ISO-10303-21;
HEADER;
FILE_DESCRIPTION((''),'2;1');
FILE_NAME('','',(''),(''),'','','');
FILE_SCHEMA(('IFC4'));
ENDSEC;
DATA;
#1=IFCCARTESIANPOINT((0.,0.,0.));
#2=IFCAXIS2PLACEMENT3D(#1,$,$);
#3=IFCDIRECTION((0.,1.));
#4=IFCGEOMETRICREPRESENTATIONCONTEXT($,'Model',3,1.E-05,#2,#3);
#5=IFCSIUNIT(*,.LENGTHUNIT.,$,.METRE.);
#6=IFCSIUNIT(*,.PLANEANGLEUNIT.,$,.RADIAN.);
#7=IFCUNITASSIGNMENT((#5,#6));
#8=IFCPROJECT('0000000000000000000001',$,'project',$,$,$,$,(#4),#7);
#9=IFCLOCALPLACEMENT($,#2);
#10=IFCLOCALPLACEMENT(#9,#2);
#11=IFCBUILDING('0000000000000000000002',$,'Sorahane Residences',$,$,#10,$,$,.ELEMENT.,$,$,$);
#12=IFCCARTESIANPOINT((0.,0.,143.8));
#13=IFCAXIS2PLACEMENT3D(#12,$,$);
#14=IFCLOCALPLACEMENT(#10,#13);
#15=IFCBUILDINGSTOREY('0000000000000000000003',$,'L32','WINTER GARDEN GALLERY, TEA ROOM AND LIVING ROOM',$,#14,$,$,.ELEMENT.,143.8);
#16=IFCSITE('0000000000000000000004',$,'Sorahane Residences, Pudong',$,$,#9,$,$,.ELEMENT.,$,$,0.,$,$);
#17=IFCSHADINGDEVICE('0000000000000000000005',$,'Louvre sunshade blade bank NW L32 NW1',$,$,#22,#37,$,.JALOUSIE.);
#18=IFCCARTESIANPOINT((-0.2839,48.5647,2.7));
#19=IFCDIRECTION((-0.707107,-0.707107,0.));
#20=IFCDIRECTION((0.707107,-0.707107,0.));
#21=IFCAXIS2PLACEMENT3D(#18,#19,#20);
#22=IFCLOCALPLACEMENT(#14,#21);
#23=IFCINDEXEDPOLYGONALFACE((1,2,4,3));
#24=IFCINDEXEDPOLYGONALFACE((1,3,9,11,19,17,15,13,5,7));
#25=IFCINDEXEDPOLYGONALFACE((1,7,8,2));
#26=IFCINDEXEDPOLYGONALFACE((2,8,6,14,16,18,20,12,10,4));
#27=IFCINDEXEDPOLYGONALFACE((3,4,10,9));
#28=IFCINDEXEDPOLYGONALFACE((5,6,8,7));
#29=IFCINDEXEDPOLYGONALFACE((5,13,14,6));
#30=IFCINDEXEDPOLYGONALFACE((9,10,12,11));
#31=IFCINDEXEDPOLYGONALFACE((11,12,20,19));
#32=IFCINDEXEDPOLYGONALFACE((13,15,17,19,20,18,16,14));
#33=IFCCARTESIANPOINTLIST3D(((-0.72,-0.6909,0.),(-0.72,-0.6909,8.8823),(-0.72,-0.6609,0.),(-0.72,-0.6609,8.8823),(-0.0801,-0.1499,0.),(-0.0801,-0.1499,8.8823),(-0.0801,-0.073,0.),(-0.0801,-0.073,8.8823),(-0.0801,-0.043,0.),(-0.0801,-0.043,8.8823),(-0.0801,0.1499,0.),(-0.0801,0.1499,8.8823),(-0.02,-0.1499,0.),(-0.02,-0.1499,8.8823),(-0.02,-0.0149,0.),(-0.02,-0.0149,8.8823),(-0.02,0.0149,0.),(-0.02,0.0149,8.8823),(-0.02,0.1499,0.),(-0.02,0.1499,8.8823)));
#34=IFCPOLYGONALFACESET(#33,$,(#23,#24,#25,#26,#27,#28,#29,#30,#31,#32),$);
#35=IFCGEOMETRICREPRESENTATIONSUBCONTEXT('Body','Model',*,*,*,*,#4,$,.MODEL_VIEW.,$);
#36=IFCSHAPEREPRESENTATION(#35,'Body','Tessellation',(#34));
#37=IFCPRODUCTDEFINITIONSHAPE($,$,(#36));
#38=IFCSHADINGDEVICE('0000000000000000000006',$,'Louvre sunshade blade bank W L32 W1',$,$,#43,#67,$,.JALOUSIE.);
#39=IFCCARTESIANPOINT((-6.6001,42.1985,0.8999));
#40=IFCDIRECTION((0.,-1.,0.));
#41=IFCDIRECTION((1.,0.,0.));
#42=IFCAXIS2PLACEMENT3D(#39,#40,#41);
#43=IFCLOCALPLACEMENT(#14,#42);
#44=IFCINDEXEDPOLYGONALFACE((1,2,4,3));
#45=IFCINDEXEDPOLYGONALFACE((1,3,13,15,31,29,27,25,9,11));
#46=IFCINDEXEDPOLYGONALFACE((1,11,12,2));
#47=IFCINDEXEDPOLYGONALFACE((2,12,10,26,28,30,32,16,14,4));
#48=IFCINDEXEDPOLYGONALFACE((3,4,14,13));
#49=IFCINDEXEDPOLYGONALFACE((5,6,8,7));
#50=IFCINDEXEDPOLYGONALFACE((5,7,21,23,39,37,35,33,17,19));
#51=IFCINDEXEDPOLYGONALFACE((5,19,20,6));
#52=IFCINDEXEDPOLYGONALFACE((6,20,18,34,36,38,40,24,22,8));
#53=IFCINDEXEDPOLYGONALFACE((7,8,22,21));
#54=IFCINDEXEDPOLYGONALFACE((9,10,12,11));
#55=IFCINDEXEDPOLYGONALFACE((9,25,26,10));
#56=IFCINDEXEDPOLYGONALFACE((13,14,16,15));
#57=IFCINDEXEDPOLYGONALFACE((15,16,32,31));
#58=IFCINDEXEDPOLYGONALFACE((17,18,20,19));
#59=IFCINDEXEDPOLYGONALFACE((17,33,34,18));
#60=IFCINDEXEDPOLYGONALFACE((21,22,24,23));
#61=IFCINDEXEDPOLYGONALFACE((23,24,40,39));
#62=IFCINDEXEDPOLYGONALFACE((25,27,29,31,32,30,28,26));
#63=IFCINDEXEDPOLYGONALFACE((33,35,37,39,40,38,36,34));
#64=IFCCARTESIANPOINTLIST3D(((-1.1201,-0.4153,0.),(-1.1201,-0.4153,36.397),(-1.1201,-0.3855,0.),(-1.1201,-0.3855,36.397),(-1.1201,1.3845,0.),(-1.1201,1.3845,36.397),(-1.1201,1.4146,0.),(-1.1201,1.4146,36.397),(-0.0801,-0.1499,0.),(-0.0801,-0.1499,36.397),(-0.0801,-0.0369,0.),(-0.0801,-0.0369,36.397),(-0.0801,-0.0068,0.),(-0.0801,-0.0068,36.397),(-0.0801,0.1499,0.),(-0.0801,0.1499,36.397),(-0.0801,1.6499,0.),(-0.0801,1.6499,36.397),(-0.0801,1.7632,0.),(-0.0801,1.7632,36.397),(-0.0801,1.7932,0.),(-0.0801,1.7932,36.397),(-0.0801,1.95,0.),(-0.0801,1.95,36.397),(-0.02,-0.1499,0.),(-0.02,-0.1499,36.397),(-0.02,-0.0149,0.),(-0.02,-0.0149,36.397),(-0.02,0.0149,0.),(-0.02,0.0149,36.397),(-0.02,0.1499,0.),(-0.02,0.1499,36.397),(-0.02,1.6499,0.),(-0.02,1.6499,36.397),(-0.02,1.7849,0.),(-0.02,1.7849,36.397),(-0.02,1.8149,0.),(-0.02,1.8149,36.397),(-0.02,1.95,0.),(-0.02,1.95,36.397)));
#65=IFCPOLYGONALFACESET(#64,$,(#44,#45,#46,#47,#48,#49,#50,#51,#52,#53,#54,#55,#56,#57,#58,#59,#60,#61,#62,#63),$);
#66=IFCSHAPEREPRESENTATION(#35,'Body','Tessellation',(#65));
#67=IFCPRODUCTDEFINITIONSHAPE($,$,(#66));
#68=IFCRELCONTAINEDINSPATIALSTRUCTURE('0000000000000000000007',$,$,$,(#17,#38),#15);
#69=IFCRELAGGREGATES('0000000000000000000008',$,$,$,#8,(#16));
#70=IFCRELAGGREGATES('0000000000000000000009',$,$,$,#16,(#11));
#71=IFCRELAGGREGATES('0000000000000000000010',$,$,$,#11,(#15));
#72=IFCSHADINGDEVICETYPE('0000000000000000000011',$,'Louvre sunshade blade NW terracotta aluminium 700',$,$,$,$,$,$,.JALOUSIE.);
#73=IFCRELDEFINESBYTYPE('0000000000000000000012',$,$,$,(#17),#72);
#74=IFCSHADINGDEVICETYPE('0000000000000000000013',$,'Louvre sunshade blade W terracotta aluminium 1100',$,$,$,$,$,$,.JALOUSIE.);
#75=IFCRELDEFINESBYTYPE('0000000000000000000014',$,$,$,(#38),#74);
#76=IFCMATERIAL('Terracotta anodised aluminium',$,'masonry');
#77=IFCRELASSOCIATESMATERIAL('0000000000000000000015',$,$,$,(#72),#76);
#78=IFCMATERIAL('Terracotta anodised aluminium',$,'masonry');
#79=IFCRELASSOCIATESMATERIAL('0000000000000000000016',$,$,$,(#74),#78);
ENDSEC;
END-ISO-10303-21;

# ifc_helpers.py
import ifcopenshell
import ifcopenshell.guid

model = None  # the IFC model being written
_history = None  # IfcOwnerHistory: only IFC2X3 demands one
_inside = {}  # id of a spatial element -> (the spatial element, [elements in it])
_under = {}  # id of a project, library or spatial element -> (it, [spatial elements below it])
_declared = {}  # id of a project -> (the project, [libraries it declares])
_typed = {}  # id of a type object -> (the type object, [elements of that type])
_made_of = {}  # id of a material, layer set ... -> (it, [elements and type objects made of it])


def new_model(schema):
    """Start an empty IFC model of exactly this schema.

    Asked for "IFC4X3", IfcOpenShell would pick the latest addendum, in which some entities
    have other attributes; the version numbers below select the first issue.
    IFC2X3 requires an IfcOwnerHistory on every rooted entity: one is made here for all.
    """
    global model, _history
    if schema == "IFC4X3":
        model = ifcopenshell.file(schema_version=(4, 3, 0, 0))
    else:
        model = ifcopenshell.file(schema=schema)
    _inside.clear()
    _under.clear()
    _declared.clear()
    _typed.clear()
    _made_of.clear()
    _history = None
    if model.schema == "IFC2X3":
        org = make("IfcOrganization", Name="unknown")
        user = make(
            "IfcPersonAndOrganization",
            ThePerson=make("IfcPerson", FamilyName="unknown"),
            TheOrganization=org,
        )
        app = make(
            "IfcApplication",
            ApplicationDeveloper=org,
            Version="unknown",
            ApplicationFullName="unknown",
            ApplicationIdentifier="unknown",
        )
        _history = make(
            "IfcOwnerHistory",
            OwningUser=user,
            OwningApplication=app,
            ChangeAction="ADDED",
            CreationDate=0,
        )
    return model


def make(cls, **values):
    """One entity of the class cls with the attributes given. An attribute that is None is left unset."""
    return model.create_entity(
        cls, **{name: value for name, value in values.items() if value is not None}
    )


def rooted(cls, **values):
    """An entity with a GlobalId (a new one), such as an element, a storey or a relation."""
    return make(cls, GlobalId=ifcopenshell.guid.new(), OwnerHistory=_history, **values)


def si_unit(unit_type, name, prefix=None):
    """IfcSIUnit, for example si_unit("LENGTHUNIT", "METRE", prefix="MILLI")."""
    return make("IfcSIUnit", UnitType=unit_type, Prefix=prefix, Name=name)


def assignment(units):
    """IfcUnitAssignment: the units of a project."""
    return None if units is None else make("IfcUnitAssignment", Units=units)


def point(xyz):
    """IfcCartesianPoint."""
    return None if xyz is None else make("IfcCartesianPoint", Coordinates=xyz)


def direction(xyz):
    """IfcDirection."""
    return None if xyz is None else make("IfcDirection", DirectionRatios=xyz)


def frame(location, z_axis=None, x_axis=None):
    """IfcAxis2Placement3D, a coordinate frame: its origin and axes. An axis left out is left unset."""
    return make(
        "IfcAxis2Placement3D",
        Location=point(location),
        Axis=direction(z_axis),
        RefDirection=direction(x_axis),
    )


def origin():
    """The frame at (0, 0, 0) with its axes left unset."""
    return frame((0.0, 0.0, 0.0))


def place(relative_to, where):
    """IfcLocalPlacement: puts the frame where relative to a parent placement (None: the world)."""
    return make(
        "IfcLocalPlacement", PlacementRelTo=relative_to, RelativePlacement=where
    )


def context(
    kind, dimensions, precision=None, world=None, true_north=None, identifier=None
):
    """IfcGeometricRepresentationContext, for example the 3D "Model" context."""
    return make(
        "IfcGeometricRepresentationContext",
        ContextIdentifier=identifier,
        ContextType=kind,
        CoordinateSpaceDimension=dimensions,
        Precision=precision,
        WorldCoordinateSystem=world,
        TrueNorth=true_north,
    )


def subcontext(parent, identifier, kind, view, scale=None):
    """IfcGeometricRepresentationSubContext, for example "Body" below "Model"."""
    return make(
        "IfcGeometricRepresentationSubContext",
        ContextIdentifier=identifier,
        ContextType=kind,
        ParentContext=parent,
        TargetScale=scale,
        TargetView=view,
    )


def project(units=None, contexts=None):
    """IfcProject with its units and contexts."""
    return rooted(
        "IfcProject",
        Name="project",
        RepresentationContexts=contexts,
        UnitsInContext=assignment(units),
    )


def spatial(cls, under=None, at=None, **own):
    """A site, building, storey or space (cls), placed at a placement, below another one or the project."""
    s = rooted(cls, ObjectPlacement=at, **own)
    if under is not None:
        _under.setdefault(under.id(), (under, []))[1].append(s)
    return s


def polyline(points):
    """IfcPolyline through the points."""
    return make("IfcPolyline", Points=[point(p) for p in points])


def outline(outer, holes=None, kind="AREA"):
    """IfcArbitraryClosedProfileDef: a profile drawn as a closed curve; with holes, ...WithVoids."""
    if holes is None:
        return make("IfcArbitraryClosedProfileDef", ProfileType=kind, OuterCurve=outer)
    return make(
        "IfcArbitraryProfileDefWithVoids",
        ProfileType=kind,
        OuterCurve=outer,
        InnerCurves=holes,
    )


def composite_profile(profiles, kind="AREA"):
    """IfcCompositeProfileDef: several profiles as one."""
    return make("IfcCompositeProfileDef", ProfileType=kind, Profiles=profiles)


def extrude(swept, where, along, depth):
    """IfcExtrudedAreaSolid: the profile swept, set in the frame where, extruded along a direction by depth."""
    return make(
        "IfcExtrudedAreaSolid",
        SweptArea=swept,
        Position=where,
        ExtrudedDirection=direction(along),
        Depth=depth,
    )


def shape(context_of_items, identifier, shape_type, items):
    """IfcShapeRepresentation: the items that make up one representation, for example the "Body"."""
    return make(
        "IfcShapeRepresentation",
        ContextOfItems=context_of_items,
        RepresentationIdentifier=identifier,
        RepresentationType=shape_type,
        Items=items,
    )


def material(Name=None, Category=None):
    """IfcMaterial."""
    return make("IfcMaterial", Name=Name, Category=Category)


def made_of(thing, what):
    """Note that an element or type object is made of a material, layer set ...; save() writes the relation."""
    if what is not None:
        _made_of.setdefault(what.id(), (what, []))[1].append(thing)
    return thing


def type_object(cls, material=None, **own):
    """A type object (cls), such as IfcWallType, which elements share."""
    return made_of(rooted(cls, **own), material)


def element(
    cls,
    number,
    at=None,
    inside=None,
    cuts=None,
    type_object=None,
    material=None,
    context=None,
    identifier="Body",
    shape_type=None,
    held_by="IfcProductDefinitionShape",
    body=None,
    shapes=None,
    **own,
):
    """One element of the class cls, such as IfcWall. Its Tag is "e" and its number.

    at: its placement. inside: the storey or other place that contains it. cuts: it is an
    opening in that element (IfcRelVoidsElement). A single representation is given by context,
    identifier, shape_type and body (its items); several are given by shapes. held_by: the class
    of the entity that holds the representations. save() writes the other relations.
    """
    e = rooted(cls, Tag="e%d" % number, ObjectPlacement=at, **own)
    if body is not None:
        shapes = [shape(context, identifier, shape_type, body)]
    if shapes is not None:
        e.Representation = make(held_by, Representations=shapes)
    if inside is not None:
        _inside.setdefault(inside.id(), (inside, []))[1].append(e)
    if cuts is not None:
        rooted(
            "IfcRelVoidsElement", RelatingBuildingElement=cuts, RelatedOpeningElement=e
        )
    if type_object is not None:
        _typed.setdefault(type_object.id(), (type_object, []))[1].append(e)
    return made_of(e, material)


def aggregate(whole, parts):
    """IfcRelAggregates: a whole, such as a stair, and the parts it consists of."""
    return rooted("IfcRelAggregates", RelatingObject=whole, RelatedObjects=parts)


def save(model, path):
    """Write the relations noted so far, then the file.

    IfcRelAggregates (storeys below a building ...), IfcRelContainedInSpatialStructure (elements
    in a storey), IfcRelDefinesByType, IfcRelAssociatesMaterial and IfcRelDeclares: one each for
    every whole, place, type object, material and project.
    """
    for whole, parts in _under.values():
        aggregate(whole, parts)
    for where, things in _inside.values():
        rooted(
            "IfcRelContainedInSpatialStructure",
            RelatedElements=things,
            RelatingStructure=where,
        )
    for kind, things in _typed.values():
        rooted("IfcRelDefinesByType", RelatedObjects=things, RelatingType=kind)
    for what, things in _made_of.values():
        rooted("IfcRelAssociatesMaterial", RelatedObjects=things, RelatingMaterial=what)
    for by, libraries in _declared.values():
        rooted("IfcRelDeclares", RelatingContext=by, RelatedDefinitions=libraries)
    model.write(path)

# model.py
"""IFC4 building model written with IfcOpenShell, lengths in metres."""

from ifc_helpers import new_model, si_unit, direction, frame, origin, place, context, subcontext, project, spatial, polyline, outline, composite_profile, extrude, material, type_object, element, save


model = new_model("IFC4")

# Units and contexts
model_context = context("Model", 3, precision=1e-05, world=origin(), true_north=direction((0.0, 1.0)))
body_context = subcontext(model_context, "Body", "Model", "MODEL_VIEW")
ifc_project = project(units=[si_unit("LENGTHUNIT", "METRE"), si_unit("PLANEANGLEUNIT", "RADIAN")], contexts=[model_context])

# Site, building, storey
site_placement = place(None, origin())
site = spatial("IfcSite", under=ifc_project, at=site_placement, Name="Sorahane Residences, Pudong", CompositionType="ELEMENT", RefElevation=0.0)
building_placement = place(site_placement, origin())
building = spatial("IfcBuilding", under=site, at=building_placement, Name="Sorahane Residences", CompositionType="ELEMENT")
storey_placement = place(building_placement, frame((0.0, 0.0, 143.8)))
storey = spatial("IfcBuildingStorey", under=building, at=storey_placement, Name="L32", Description="WINTER GARDEN GALLERY, TEA ROOM AND LIVING ROOM", CompositionType="ELEMENT", Elevation=143.8)

# Shading devices
ifc_material_1 = material(Name="Terracotta anodised aluminium", Category="masonry")
shading_device_type_1 = type_object("IfcShadingDeviceType", Name="Louvre sunshade blade NW terracotta aluminium 700", PredefinedType="JALOUSIE", material=ifc_material_1)
shading_device_1_placement = place(storey_placement, frame((-0.2839, 48.5647, 2.7), z_axis=(-0.707107, -0.707107, 0.0), x_axis=(0.707107, -0.707107, 0.0)))
element("IfcShadingDevice", 1, at=shading_device_1_placement, inside=storey, type_object=shading_device_type_1, Name="Louvre sunshade blade bank NW L32 NW1", PredefinedType="JALOUSIE", context=body_context, shape_type="SweptSolid", body=[
    extrude(outline(polyline([(-0.72, -0.6609), (-0.72, -0.6909), (-0.0801, -0.073), (-0.0801, -0.1499), (-0.02, -0.1499), (-0.02, -0.0149), (-0.02, 0.0149), (-0.02, 0.1499), (-0.0801, 0.1499), (-0.0801, -0.043), (-0.72, -0.6609)])), origin(), (0.0, 0.0, 1.0), 8.8823),
])
ifc_material_2 = material(Name="Terracotta anodised aluminium", Category="masonry")
shading_device_type_2 = type_object("IfcShadingDeviceType", Name="Louvre sunshade blade W terracotta aluminium 1100", PredefinedType="JALOUSIE", material=ifc_material_2)
shading_device_2_placement = place(storey_placement, frame((-6.6001, 42.1985, 0.8999), z_axis=(0.0, -1.0, 0.0), x_axis=(1.0, 0.0, 0.0)))
element("IfcShadingDevice", 2, at=shading_device_2_placement, inside=storey, type_object=shading_device_type_2, Name="Louvre sunshade blade bank W L32 W1", PredefinedType="JALOUSIE", context=body_context, shape_type="SweptSolid", body=[
    extrude(composite_profile([outline(polyline([(-1.1201, -0.3855), (-1.1201, -0.4153), (-0.0801, -0.0369), (-0.0801, -0.1499), (-0.02, -0.1499), (-0.02, -0.0149), (-0.02, 0.0149), (-0.02, 0.1499), (-0.0801, 0.1499), (-0.0801, -0.0068), (-1.1201, -0.3855)])), outline(polyline([(-1.1201, 1.4146), (-1.1201, 1.3845), (-0.0801, 1.7632), (-0.0801, 1.6499), (-0.02, 1.6499), (-0.02, 1.7849), (-0.02, 1.8149), (-0.02, 1.95), (-0.0801, 1.95), (-0.0801, 1.7932), (-1.1201, 1.4146)]))]), origin(), (0.0, 0.0, 1.0), 36.397),
])

save(model, "model.ifc")
